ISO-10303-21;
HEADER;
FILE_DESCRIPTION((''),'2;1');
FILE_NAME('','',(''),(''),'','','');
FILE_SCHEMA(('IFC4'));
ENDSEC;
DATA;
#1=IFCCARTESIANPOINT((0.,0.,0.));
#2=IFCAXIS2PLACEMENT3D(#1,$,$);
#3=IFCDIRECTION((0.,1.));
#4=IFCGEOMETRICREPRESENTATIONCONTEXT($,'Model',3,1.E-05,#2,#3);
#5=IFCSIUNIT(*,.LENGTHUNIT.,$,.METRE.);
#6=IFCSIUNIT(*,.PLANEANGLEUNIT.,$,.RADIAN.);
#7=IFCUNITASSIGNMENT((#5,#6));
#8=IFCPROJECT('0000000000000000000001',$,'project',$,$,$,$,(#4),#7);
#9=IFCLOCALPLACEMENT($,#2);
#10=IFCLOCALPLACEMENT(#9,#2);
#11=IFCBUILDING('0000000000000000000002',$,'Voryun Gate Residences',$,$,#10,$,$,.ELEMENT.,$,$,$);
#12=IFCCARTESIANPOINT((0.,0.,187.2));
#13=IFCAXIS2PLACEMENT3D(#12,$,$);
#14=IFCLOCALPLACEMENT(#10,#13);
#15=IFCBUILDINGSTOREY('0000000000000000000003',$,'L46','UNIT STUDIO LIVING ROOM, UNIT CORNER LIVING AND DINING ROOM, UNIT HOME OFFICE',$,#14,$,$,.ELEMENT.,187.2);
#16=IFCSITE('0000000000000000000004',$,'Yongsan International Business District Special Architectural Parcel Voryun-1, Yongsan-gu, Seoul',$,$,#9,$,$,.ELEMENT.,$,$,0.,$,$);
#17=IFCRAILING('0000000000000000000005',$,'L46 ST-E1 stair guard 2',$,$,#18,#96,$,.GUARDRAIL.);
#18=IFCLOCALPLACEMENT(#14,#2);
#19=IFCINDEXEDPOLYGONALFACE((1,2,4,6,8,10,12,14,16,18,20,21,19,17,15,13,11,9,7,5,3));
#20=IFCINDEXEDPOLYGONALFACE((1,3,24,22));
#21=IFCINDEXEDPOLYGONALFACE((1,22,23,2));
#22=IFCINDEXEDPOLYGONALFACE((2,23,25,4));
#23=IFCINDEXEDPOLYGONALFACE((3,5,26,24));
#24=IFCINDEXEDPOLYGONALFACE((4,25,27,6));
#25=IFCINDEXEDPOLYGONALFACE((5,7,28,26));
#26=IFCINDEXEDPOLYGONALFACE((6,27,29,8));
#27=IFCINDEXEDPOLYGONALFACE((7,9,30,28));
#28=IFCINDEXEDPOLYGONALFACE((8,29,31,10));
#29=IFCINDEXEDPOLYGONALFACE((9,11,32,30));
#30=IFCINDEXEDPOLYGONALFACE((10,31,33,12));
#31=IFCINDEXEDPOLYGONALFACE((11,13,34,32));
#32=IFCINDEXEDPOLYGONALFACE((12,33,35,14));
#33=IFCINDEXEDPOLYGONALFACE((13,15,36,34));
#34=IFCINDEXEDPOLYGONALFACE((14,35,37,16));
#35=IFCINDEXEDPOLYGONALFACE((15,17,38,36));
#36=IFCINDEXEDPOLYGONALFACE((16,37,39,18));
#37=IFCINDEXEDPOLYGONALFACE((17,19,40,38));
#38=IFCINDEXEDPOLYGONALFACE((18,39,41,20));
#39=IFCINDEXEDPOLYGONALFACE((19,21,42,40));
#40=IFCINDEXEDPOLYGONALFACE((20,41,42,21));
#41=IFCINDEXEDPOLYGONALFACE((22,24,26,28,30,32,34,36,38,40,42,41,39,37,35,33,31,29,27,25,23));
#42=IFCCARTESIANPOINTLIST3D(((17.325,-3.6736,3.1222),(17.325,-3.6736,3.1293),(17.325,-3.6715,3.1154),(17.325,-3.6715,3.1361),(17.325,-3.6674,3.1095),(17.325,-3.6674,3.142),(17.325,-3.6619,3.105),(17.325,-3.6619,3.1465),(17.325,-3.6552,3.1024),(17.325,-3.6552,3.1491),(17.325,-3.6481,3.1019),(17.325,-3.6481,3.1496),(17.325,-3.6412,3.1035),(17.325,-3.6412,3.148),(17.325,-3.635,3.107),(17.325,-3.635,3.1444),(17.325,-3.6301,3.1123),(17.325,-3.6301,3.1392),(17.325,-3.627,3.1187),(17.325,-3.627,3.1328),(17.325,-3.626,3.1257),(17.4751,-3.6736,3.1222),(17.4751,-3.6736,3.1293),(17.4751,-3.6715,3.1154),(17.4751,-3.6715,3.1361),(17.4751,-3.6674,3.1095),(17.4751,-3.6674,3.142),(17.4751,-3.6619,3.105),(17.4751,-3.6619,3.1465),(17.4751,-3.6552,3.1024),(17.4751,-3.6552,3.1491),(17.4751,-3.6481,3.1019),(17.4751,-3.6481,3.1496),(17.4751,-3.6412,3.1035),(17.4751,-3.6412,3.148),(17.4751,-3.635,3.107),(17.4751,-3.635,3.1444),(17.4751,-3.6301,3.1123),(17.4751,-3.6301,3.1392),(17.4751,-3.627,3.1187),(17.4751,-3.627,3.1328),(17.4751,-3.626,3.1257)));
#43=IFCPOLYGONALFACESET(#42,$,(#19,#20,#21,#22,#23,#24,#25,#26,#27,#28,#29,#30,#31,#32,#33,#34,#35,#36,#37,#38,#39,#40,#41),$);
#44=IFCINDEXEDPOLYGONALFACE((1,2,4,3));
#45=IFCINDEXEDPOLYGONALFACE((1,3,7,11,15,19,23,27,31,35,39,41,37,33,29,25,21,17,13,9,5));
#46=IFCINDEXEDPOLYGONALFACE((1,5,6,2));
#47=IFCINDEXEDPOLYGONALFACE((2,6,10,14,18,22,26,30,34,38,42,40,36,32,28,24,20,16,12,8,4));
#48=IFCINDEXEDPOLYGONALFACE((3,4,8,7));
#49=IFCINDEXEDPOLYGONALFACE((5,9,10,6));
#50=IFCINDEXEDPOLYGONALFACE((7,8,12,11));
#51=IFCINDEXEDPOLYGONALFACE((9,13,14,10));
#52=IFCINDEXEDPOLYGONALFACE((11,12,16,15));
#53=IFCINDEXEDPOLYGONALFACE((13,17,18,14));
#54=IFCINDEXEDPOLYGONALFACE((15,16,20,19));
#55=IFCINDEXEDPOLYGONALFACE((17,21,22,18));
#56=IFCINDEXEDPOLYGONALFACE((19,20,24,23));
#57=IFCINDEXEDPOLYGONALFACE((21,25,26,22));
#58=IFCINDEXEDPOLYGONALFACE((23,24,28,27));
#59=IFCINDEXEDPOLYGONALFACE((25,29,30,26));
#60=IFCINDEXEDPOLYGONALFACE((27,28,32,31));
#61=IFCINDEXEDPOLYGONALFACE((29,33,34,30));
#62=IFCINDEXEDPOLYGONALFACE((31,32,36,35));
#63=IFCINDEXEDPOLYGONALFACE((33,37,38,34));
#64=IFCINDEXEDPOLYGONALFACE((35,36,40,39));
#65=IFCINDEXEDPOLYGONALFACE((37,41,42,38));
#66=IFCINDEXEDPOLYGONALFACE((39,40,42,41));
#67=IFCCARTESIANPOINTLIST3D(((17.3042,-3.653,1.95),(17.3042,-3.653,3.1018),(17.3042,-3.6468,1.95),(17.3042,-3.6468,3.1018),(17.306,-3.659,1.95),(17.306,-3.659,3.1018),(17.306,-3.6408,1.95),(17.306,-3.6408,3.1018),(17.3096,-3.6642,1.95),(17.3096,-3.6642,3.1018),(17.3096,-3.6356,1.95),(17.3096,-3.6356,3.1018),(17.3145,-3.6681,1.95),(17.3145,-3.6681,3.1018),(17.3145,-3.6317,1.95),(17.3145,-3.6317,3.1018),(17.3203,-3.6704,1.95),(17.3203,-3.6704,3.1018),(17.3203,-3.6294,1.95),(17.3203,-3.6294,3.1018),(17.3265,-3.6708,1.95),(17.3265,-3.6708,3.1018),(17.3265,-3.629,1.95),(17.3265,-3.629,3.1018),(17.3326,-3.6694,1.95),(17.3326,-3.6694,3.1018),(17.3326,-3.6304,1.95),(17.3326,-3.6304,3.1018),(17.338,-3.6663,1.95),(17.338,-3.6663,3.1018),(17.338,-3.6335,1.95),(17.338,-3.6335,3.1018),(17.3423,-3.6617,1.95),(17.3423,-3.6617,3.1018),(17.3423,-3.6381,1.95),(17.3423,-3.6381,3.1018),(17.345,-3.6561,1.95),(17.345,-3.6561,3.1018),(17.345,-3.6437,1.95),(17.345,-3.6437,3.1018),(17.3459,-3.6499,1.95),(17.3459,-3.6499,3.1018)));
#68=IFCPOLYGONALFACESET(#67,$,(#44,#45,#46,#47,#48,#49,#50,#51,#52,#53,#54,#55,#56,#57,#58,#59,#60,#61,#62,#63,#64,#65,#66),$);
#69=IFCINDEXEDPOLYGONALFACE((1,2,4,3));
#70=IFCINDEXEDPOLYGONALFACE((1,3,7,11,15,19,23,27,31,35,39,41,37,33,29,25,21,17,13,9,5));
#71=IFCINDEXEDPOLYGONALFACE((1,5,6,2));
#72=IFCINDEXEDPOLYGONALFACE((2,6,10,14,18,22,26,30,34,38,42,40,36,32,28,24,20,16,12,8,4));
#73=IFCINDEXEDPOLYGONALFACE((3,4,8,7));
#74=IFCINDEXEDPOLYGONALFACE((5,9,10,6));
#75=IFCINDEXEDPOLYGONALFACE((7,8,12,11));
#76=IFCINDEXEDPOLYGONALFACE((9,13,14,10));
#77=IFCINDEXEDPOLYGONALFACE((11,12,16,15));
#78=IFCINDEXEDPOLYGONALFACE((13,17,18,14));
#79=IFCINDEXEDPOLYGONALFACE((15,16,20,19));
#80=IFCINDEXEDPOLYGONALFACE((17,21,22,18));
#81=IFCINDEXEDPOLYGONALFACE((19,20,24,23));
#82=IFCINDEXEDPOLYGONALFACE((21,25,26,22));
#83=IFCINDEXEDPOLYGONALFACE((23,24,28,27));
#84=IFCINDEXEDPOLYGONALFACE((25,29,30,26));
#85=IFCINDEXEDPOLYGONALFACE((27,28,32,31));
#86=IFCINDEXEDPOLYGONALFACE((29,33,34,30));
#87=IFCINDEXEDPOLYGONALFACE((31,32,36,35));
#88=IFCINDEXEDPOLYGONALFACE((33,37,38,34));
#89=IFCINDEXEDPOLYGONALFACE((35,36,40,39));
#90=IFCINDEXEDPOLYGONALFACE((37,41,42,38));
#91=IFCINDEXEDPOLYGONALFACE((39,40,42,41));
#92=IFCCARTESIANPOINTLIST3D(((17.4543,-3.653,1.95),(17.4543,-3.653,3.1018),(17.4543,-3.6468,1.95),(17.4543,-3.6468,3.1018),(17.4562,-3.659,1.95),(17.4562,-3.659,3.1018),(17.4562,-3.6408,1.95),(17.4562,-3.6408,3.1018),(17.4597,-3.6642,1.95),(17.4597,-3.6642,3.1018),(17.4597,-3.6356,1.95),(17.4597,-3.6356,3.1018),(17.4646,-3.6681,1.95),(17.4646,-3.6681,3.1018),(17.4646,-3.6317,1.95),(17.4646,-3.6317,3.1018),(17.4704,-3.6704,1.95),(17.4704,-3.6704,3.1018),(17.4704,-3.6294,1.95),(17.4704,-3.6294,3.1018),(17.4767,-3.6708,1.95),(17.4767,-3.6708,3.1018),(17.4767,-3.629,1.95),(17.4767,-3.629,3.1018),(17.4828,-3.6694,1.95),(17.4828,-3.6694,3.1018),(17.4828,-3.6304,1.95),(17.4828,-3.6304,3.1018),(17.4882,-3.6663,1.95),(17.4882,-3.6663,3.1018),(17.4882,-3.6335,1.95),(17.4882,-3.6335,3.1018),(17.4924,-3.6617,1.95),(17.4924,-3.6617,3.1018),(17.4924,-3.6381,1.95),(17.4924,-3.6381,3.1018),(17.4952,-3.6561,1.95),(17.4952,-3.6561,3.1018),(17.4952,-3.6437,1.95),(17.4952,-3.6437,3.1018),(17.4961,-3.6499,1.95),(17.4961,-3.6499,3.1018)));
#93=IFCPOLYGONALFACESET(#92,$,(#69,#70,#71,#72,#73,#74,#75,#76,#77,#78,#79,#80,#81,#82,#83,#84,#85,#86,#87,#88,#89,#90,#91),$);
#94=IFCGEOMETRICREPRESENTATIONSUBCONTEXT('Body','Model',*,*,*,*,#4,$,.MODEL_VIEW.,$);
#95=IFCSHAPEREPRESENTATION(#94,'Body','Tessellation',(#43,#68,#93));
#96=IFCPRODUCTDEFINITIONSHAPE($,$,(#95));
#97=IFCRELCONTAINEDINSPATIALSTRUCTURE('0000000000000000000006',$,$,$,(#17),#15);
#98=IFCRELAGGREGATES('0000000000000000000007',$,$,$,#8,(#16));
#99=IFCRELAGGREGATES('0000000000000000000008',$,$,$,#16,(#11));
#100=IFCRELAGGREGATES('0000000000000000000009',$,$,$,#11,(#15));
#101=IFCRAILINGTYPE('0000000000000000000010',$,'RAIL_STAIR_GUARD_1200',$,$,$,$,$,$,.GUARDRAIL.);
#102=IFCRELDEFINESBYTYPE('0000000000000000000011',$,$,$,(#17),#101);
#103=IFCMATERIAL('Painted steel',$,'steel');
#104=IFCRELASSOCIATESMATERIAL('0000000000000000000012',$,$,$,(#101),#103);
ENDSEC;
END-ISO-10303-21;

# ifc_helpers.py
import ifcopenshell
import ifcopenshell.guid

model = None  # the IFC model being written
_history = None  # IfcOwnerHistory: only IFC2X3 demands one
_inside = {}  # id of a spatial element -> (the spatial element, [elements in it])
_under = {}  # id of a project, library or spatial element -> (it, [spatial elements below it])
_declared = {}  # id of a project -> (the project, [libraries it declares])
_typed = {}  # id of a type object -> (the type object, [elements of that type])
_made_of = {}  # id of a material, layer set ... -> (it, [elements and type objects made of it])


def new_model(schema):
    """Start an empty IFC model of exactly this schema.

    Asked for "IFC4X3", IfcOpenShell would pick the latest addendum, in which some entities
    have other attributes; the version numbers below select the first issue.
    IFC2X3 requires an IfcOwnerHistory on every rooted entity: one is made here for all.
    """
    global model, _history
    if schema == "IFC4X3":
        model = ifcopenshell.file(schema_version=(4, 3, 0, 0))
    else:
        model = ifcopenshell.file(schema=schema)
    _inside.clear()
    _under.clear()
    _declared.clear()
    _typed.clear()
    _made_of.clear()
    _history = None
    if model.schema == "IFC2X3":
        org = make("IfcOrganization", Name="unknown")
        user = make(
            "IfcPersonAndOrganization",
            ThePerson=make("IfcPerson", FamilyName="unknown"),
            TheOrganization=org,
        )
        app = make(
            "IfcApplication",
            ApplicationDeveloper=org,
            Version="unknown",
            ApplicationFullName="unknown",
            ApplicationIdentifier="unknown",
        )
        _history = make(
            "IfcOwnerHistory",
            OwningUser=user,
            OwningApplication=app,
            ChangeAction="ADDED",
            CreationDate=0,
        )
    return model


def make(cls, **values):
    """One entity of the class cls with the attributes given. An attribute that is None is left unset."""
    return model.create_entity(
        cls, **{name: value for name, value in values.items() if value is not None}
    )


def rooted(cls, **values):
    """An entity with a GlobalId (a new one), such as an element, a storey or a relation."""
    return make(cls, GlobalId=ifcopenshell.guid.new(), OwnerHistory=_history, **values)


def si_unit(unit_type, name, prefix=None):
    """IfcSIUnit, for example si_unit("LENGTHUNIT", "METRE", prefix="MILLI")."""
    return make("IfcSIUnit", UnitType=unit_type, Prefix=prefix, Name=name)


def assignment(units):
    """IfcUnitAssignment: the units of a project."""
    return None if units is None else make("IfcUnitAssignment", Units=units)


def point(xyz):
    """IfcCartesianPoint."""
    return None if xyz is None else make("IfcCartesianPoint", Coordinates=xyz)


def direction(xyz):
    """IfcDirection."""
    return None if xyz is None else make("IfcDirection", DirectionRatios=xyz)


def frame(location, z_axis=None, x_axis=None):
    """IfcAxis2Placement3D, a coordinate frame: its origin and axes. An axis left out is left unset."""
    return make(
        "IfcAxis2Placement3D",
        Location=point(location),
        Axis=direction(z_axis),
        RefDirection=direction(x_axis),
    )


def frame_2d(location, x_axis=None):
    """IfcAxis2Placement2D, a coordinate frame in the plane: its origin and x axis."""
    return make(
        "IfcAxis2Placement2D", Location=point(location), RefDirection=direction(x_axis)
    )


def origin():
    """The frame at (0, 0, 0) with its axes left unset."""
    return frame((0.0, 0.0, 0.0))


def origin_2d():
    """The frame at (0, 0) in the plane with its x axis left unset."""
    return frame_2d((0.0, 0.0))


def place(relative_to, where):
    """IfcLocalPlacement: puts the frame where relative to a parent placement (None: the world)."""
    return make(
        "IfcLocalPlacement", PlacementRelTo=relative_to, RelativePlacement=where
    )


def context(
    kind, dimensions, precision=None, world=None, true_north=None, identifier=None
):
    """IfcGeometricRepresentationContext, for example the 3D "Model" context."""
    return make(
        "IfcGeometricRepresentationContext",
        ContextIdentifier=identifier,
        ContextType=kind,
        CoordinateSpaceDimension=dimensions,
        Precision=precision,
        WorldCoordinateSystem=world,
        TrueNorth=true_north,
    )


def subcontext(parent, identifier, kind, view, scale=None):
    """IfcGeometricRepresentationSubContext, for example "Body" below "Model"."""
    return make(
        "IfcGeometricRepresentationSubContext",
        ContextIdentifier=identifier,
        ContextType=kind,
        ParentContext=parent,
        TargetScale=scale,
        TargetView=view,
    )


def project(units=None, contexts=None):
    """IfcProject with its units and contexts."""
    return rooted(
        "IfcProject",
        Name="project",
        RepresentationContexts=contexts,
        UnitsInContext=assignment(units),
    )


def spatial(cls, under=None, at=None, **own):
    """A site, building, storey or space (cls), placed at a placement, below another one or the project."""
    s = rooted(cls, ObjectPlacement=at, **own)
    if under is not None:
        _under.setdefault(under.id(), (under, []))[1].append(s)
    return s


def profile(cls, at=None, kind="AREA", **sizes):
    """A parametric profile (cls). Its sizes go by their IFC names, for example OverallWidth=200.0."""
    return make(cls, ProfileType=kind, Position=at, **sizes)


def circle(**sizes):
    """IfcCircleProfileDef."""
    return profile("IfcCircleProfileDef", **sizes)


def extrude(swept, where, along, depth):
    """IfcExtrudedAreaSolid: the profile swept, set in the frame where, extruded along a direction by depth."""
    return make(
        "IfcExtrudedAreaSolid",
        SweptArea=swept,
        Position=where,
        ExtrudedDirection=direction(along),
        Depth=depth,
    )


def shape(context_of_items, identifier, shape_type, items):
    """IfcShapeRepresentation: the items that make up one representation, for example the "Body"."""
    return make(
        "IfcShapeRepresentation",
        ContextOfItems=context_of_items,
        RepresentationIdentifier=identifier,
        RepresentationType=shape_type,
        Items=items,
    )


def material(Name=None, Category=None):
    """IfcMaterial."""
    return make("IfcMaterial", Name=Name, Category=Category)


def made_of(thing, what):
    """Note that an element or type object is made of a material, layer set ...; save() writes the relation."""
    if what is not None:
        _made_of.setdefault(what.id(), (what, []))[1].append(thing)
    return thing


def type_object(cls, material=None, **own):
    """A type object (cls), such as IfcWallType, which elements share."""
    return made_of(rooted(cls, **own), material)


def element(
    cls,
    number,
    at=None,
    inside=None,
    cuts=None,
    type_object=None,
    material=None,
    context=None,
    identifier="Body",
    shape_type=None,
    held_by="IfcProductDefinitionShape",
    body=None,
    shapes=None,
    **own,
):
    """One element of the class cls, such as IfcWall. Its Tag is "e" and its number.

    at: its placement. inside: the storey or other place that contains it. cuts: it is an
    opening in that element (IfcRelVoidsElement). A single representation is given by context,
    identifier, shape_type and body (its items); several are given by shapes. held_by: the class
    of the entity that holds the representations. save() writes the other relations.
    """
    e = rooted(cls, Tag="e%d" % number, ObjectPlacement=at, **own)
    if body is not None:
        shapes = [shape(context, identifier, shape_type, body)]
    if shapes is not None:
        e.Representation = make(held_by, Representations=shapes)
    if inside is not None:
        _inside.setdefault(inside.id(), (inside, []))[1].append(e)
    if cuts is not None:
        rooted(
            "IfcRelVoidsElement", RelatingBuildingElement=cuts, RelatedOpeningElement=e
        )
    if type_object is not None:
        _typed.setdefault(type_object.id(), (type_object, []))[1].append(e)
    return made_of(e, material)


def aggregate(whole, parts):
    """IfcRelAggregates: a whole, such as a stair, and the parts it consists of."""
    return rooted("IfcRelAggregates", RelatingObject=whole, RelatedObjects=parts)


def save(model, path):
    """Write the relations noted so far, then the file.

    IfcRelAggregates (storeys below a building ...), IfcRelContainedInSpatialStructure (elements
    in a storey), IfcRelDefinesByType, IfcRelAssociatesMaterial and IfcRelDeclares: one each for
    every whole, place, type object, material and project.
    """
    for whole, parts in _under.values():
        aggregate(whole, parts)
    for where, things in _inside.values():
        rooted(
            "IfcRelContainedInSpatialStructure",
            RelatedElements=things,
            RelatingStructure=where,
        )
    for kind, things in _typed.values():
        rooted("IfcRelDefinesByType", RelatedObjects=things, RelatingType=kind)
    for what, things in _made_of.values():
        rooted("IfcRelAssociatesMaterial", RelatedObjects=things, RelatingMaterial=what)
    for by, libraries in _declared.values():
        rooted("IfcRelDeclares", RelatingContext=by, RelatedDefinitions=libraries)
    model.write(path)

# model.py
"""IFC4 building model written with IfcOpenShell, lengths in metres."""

from ifc_helpers import new_model, si_unit, direction, frame, origin, origin_2d, place, context, subcontext, project, spatial, circle, extrude, material, type_object, element, save


model = new_model("IFC4")

# Units and contexts
model_context = context("Model", 3, precision=1e-05, world=origin(), true_north=direction((0.0, 1.0)))
body_context = subcontext(model_context, "Body", "Model", "MODEL_VIEW")
ifc_project = project(units=[si_unit("LENGTHUNIT", "METRE"), si_unit("PLANEANGLEUNIT", "RADIAN")], contexts=[model_context])

# Site, building, storey
site_placement = place(None, origin())
site = spatial("IfcSite", under=ifc_project, at=site_placement, Name="Yongsan International Business District Special Architectural Parcel Voryun-1, Yongsan-gu, Seoul", CompositionType="ELEMENT", RefElevation=0.0)
building_placement = place(site_placement, origin())
building = spatial("IfcBuilding", under=site, at=building_placement, Name="Voryun Gate Residences", CompositionType="ELEMENT")
storey_placement = place(building_placement, frame((0.0, 0.0, 187.2)))
storey = spatial("IfcBuildingStorey", under=building, at=storey_placement, Name="L46", Description="UNIT STUDIO LIVING ROOM, UNIT CORNER LIVING AND DINING ROOM, UNIT HOME OFFICE", CompositionType="ELEMENT", Elevation=187.2)

# Railing
ifc_material_1 = material(Name="Painted steel", Category="steel")
railing_type_1 = type_object("IfcRailingType", Name="RAIL_STAIR_GUARD_1200", PredefinedType="GUARDRAIL", material=ifc_material_1)
railing_1_placement = place(storey_placement, frame((17.325, -3.6499, 1.95)))
element("IfcRailing", 1, at=railing_1_placement, inside=storey, type_object=railing_type_1, Name="L46 ST-E1 stair guard 2", PredefinedType="GUARDRAIL", context=body_context, shape_type="SweptSolid", body=[
    extrude(circle(Radius=0.0239, at=origin_2d()), frame((0.0, 0.0, 1.1758), z_axis=(1.0, 0.0, 0.0), x_axis=(0.0, 1.0, 0.0)), (0.0, 0.0, 1.0), 0.1501),
    extrude(circle(Radius=0.021, at=origin_2d()), origin(), (0.0, 0.0, 1.0), 1.1519),
    extrude(circle(Radius=0.021, at=origin_2d()), frame((0.1501, 0.0, 0.0)), (0.0, 0.0, 1.0), 1.1519),
])

save(model, "model.ifc")
